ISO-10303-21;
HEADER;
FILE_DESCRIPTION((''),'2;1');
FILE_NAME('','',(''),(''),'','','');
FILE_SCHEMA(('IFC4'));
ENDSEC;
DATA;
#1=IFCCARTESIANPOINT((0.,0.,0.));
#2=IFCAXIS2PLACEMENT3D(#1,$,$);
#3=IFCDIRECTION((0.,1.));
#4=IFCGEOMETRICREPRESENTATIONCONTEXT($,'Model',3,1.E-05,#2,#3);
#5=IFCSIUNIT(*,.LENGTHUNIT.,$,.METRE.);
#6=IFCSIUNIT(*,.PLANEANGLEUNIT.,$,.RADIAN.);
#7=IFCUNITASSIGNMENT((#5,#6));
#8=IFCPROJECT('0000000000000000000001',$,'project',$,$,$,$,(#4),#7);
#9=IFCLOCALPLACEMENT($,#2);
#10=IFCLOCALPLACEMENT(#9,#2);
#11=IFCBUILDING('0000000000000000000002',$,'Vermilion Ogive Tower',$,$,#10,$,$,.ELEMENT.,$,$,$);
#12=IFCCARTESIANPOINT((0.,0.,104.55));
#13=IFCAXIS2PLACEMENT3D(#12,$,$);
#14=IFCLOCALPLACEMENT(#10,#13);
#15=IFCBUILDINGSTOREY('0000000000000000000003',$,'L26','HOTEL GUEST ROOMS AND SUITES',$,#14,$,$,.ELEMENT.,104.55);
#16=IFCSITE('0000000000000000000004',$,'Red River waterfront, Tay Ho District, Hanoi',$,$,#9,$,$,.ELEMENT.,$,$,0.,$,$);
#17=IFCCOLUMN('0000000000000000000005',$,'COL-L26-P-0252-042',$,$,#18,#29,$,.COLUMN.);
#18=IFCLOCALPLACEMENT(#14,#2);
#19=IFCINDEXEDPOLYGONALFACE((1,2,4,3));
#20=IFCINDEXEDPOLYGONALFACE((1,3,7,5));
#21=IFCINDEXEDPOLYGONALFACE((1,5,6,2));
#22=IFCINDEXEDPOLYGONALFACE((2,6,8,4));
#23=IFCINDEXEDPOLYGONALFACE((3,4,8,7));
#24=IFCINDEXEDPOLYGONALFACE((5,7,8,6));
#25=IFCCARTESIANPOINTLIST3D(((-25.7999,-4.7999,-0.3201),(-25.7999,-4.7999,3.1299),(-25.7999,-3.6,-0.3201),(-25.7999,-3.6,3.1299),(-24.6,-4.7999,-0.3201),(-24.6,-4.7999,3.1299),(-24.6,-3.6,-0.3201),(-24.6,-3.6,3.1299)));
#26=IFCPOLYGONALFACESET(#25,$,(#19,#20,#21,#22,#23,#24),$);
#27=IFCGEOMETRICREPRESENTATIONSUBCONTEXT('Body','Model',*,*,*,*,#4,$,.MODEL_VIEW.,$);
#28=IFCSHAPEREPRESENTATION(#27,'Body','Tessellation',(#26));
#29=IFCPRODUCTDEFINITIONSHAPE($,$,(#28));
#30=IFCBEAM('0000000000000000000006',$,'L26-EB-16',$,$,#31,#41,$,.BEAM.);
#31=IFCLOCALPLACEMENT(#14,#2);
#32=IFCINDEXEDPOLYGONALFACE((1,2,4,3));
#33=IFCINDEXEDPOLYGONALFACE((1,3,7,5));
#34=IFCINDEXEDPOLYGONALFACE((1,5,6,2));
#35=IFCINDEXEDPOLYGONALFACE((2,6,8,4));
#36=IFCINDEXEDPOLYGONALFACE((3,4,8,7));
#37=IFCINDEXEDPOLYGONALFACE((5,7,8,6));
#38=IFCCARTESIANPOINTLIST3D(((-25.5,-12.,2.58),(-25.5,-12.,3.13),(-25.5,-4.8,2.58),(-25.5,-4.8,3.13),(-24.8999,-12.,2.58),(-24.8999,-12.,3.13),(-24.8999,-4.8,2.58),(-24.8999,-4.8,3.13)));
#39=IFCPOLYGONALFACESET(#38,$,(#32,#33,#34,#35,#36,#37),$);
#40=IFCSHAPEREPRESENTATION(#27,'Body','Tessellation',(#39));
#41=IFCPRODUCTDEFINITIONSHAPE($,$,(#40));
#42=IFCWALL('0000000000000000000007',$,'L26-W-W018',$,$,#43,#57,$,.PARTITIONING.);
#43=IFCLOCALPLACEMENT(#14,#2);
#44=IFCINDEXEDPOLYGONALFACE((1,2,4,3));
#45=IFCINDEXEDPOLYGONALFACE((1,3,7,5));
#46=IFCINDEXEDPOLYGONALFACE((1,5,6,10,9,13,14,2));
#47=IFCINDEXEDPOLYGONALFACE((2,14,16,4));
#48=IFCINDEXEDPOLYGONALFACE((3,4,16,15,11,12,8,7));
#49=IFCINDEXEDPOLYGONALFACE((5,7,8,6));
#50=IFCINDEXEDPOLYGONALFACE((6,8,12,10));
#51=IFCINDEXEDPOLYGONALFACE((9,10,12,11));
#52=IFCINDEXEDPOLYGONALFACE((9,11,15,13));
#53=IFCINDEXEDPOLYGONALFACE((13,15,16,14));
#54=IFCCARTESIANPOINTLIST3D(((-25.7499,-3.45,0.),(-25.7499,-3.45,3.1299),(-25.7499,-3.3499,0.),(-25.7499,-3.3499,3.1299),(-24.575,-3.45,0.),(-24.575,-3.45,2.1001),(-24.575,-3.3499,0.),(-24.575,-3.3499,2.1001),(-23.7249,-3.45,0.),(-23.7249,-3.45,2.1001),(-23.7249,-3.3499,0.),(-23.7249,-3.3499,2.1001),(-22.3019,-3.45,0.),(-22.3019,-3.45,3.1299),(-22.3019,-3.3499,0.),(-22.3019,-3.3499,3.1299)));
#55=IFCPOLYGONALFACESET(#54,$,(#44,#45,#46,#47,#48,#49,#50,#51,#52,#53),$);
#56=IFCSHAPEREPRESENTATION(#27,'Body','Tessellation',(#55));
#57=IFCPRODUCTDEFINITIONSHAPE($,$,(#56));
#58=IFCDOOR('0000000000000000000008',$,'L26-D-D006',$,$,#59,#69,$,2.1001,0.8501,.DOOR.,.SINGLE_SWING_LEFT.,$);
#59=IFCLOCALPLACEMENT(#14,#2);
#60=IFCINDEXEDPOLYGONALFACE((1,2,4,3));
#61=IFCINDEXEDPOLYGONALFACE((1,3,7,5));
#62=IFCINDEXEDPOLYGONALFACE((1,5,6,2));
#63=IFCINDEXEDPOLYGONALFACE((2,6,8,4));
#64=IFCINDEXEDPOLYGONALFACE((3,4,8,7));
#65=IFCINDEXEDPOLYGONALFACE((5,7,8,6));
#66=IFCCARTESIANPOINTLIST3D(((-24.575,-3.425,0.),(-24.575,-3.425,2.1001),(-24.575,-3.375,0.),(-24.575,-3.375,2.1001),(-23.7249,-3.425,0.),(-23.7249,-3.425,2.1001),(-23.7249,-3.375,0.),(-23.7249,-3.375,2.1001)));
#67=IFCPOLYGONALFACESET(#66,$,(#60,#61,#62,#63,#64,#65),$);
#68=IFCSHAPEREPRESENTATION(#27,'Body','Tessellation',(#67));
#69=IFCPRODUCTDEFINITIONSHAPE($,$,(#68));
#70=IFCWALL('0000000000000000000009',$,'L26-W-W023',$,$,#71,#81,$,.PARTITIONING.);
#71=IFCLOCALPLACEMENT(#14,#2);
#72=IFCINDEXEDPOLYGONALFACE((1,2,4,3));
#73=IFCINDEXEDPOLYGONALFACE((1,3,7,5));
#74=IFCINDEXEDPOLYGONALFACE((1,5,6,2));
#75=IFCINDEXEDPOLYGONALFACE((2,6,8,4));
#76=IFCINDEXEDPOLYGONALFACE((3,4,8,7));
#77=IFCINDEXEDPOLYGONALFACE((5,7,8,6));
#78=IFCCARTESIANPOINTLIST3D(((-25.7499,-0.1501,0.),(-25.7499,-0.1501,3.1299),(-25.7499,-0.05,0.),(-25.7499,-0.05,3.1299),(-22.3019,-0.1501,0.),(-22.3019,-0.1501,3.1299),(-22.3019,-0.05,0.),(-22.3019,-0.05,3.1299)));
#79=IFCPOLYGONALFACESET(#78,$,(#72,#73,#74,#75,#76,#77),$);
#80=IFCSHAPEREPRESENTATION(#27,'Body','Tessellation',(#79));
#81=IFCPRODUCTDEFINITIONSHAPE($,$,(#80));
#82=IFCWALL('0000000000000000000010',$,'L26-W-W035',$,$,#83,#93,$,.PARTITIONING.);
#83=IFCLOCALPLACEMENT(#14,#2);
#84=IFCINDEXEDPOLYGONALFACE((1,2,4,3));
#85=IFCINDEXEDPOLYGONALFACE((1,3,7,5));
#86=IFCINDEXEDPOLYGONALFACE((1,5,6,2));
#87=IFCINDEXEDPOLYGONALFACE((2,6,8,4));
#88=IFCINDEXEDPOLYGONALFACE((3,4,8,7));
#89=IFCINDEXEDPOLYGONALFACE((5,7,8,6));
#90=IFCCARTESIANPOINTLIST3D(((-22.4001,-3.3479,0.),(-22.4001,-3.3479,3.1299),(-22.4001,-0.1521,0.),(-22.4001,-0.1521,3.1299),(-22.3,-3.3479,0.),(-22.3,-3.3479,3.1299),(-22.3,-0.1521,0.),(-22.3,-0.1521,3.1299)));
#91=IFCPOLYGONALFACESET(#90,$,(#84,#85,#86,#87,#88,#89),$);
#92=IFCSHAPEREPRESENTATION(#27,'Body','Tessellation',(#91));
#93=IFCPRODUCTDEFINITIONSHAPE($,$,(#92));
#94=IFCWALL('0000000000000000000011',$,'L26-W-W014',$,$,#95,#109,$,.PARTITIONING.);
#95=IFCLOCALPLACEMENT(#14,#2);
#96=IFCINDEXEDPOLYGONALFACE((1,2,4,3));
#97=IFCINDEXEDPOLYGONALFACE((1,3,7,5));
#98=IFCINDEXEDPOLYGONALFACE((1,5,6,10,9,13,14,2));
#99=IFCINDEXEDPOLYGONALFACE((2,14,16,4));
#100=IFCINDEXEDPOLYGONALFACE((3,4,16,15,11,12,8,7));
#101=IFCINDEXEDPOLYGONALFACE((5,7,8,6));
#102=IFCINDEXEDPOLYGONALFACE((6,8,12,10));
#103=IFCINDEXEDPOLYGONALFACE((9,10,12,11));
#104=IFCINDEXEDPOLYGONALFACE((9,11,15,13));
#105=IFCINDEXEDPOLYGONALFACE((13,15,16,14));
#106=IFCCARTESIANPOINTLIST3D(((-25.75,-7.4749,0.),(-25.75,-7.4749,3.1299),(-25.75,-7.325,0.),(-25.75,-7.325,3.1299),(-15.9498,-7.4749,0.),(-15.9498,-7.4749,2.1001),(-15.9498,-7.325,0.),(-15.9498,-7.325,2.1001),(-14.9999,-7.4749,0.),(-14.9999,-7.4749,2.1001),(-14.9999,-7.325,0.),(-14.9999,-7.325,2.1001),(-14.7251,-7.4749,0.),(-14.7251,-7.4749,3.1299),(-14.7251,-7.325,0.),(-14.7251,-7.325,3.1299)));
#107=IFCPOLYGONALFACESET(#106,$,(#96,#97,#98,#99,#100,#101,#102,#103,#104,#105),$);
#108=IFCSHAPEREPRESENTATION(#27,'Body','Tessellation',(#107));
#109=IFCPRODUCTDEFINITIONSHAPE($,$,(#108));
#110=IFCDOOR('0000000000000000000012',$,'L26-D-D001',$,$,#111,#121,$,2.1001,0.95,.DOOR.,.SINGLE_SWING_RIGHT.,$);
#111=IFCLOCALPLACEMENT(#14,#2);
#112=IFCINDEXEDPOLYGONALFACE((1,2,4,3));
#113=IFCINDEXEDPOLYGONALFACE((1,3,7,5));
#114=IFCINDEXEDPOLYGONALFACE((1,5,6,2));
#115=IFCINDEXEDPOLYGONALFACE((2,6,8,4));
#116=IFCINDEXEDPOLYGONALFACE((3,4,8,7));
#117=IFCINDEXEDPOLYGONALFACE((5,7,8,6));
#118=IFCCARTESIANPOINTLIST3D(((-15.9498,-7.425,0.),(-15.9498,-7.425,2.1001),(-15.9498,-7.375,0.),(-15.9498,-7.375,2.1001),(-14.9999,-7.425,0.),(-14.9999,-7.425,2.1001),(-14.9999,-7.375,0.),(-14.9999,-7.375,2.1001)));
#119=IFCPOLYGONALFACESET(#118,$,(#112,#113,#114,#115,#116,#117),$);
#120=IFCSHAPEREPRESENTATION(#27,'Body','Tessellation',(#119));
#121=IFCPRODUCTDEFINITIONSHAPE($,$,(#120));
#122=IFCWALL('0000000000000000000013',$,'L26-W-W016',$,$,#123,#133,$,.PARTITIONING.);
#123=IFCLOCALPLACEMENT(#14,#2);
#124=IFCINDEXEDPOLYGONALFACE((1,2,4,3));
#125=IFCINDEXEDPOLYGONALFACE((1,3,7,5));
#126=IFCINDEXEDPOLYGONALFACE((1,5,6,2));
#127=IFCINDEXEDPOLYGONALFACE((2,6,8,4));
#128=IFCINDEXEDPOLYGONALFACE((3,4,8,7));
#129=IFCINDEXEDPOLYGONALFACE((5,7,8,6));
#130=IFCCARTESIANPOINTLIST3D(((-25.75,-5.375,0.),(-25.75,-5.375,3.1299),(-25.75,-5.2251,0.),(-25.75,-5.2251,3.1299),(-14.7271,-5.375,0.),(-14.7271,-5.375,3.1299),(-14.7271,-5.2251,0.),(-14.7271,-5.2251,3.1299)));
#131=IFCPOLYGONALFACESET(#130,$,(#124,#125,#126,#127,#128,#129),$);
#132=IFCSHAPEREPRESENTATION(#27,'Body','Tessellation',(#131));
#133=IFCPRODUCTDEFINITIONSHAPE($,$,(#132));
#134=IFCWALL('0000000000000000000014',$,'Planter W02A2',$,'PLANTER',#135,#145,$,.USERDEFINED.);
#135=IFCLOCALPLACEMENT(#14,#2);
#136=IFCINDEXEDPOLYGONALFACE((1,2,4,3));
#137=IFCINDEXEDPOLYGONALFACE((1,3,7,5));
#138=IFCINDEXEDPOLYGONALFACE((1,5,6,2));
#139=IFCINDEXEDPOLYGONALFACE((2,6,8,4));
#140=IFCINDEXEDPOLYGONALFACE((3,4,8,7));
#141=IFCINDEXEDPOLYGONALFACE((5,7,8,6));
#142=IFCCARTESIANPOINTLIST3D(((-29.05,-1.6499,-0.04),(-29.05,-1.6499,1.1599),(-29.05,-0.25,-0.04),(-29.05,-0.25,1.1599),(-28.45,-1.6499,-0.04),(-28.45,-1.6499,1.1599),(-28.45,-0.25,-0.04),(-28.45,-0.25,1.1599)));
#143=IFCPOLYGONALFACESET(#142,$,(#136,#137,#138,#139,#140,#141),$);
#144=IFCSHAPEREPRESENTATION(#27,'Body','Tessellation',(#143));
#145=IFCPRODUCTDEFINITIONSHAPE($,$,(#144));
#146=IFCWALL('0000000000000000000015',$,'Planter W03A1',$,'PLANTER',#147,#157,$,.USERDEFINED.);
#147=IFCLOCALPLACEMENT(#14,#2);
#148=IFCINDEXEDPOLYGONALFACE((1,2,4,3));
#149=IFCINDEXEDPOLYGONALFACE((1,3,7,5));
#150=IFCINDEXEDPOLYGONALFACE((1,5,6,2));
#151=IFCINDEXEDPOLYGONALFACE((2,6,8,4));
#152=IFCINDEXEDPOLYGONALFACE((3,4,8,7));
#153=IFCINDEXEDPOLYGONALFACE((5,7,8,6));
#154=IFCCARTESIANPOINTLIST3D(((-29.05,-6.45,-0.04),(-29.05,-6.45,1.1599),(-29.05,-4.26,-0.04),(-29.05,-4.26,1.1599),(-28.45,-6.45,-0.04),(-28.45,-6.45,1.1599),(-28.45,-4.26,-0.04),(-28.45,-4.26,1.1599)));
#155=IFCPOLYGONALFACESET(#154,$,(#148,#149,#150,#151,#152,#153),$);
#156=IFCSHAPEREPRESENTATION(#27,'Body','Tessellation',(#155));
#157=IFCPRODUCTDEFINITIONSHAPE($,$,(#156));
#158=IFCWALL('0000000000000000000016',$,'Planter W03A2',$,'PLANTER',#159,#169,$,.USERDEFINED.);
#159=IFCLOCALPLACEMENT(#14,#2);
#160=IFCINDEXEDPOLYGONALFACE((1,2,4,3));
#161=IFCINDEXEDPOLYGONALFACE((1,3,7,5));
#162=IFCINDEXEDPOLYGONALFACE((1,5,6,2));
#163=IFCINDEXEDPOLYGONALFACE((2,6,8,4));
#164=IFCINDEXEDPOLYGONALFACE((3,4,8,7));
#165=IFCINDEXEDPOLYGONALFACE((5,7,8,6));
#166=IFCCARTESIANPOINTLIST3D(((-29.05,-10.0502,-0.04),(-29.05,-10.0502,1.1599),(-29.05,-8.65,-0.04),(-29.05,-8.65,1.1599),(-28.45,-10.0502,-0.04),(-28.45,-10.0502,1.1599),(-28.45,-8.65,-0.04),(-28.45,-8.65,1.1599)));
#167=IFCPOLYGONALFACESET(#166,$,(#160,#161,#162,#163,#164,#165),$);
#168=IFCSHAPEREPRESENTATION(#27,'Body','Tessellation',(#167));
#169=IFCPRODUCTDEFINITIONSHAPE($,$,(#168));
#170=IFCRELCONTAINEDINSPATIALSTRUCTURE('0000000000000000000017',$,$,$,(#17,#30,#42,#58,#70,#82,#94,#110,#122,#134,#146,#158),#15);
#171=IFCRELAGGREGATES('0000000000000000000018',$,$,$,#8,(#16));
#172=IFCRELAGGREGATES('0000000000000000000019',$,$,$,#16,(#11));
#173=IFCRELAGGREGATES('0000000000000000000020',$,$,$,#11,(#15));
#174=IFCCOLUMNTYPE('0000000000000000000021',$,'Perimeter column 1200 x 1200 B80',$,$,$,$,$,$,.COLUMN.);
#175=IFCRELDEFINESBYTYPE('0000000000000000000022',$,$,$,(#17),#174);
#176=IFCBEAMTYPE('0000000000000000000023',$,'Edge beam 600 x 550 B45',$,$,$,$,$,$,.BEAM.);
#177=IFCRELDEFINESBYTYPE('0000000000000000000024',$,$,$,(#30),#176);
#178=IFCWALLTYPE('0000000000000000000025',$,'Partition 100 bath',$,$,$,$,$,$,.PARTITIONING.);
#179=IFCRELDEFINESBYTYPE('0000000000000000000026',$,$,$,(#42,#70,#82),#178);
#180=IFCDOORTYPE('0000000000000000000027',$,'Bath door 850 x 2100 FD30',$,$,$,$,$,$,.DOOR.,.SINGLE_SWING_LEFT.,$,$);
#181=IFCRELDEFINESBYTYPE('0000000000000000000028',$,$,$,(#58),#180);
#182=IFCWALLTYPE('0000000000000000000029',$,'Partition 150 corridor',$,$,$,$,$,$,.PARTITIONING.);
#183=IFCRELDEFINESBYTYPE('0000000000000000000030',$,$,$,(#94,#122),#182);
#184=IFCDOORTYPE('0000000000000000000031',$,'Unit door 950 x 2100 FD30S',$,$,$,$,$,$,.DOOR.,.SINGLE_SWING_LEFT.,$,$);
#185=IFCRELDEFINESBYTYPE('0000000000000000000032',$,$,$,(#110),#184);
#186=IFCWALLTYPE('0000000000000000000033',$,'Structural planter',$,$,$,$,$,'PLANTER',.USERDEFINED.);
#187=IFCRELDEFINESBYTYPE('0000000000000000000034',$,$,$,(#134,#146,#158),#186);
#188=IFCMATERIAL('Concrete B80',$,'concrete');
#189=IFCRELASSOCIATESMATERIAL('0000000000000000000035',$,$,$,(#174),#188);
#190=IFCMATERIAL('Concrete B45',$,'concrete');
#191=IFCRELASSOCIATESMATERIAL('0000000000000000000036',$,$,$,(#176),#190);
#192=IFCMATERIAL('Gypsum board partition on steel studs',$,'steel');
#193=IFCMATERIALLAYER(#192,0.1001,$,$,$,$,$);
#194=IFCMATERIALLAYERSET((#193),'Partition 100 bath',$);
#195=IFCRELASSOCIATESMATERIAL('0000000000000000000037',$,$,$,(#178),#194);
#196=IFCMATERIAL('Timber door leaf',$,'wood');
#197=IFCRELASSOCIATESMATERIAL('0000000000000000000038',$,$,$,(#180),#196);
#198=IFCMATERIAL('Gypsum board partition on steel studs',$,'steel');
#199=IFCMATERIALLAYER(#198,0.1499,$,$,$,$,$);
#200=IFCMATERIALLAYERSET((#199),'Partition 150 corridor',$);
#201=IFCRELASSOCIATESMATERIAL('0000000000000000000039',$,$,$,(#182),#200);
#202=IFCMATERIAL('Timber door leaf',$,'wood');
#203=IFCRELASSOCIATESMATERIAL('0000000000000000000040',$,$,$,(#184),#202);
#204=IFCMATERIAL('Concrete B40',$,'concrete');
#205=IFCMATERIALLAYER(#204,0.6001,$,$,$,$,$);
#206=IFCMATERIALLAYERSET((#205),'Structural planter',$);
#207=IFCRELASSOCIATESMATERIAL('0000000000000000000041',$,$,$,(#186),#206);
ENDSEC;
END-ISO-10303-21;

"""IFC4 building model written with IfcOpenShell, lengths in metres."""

from ifc_helpers import new_model, si_unit, direction, frame, frame_2d, origin, origin_2d, place, context, subcontext, project, spatial, rectangle, extrude, material, layer, layer_set, material_profile, profile_set, type_object, element, fill, save


model = new_model("IFC4")

# Units and contexts
model_context = context("Model", 3, precision=1e-05, world=origin(), true_north=direction((0.0, 1.0)))
body_context = subcontext(model_context, "Body", "Model", "MODEL_VIEW")
ifc_project = project(units=[si_unit("LENGTHUNIT", "METRE"), si_unit("PLANEANGLEUNIT", "RADIAN")], contexts=[model_context])

# Site, building, storey
site_placement = place(None, origin())
site = spatial("IfcSite", under=ifc_project, at=site_placement, Name="Red River waterfront, Tay Ho District, Hanoi", CompositionType="ELEMENT", RefElevation=0.0)
building_placement = place(site_placement, origin())
building = spatial("IfcBuilding", under=site, at=building_placement, Name="Vermilion Ogive Tower", CompositionType="ELEMENT")
storey_placement = place(building_placement, frame((0.0, 0.0, 104.55)))
storey = spatial("IfcBuildingStorey", under=building, at=storey_placement, Name="L26", Description="HOTEL GUEST ROOMS AND SUITES", CompositionType="ELEMENT", Elevation=104.55)

# Column
ifc_material_1 = material(Name="Concrete B80", Category="concrete")
ifc_material_profile_1 = material_profile(ifc_material_1, rectangle(XDim=1.2, YDim=1.2, at=origin_2d()), Name="1200 x 1200")
ifc_profile_set_1 = profile_set([ifc_material_profile_1], Name="Concrete B80")
column_type = type_object("IfcColumnType", Name="Perimeter column 1200 x 1200 B80", PredefinedType="COLUMN", material=ifc_profile_set_1)
column_placement = place(storey_placement, frame((-25.2, -4.2, -0.3201), z_axis=(0.0, 0.0, 1.0), x_axis=(1.0, 0.0, 0.0)))
element("IfcColumn", 1, at=column_placement, inside=storey, type_object=column_type, Name="COL-L26-P-0252-042", PredefinedType="COLUMN", context=body_context, shape_type="SweptSolid", body=[
    extrude(rectangle(XDim=1.2, YDim=1.2, at=origin_2d()), origin(), (0.0, 0.0, 1.0), 3.45),
])

# Beam
ifc_material_2 = material(Name="Concrete B45", Category="concrete")
ifc_material_profile_2 = material_profile(ifc_material_2, rectangle(XDim=0.6001, YDim=0.55, at=origin_2d()), Name="600 x 550")
ifc_profile_set_2 = profile_set([ifc_material_profile_2], Name="Concrete B45")
beam_type = type_object("IfcBeamType", Name="Edge beam 600 x 550 B45", PredefinedType="BEAM", material=ifc_profile_set_2)
beam_placement = place(storey_placement, frame((-25.2, -4.8, 2.855), z_axis=(0.0, -1.0, 0.0), x_axis=(1.0, 0.0, 0.0)))
element("IfcBeam", 2, at=beam_placement, inside=storey, type_object=beam_type, Name="L26-EB-16", PredefinedType="BEAM", context=body_context, shape_type="SweptSolid", body=[
    extrude(rectangle(XDim=0.6001, YDim=0.55, at=origin_2d()), origin(), (0.0, 0.0, 1.0), 7.2),
])

# Wall, opening, door
ifc_material_3 = material(Name="Gypsum board partition on steel studs", Category="steel")
ifc_layer_1 = layer(ifc_material_3, 0.1001)
ifc_layer_set_1 = layer_set([ifc_layer_1], Name="Partition 100 bath")
wall_type_1 = type_object("IfcWallType", Name="Partition 100 bath", PredefinedType="PARTITIONING", material=ifc_layer_set_1)
wall_1_placement = place(storey_placement, frame((-25.75, -3.3999, 0.0), z_axis=(0.0, 0.0, 1.0), x_axis=(1.0, 0.0, 0.0)))
wall_1 = element("IfcWall", 3, at=wall_1_placement, inside=storey, type_object=wall_type_1, Name="L26-W-W018", PredefinedType="PARTITIONING", context=body_context, shape_type="SweptSolid", body=[
    extrude(rectangle(XDim=3.448, YDim=0.1001, at=frame_2d((1.7241, 0.0))), origin(), (0.0, 0.0, 1.0), 3.1299),
])
opening_1_placement = place(wall_1_placement, frame((1.175, 0.0, 0.0)))
opening_1 = element("IfcOpeningElement", 4, at=opening_1_placement, cuts=wall_1, PredefinedType="OPENING", context=body_context, shape_type="SweptSolid", body=[
    extrude(rectangle(XDim=0.8501, YDim=2.1001, at=frame_2d((0.425, 1.05))), frame((0.0, 0.0601, 0.0), z_axis=(0.0, -1.0, 0.0), x_axis=(1.0, 0.0, 0.0)), (0.0, 0.0, 1.0), 0.1201),
])
ifc_material_4 = material(Name="Timber door leaf", Category="wood")
door_type_1 = type_object("IfcDoorType", Name="Bath door 850 x 2100 FD30", OperationType="SINGLE_SWING_LEFT", PredefinedType="DOOR", material=ifc_material_4)
door_1_placement = place(opening_1_placement, origin())
door_1 = element("IfcDoor", 5, at=door_1_placement, inside=storey, type_object=door_type_1, Name="L26-D-D006", OperationType="SINGLE_SWING_LEFT", OverallHeight=2.1001, OverallWidth=0.8501, PredefinedType="DOOR", context=body_context, shape_type="SweptSolid", body=[
    extrude(rectangle(XDim=0.8501, YDim=2.1001, at=frame_2d((0.425, 1.05))), frame((0.0, 0.0249, 0.0), z_axis=(0.0, -1.0, 0.0), x_axis=(1.0, 0.0, 0.0)), (0.0, 0.0, 1.0), 0.05),
])
fill(opening_1, door_1)

# Walls
wall_2_placement = place(storey_placement, frame((-25.75, -0.1001, 0.0), z_axis=(0.0, 0.0, 1.0), x_axis=(1.0, 0.0, 0.0)))
element("IfcWall", 6, at=wall_2_placement, inside=storey, type_object=wall_type_1, Name="L26-W-W023", PredefinedType="PARTITIONING", context=body_context, shape_type="SweptSolid", body=[
    extrude(rectangle(XDim=3.448, YDim=0.1001, at=frame_2d((1.7241, 0.0))), origin(), (0.0, 0.0, 1.0), 3.1299),
])
wall_3_placement = place(storey_placement, frame((-22.3501, -3.3479, 0.0), z_axis=(0.0, 0.0, 1.0), x_axis=(0.0, 1.0, 0.0)))
element("IfcWall", 7, at=wall_3_placement, inside=storey, type_object=wall_type_1, Name="L26-W-W035", PredefinedType="PARTITIONING", context=body_context, shape_type="SweptSolid", body=[
    extrude(rectangle(XDim=3.1958, YDim=0.1001, at=frame_2d((1.5979, 0.0))), origin(), (0.0, 0.0, 1.0), 3.1299),
])

# Wall, opening, door
ifc_material_5 = material(Name="Gypsum board partition on steel studs", Category="steel")
ifc_layer_2 = layer(ifc_material_5, 0.1499)
ifc_layer_set_2 = layer_set([ifc_layer_2], Name="Partition 150 corridor")
wall_type_2 = type_object("IfcWallType", Name="Partition 150 corridor", PredefinedType="PARTITIONING", material=ifc_layer_set_2)
wall_4_placement = place(storey_placement, frame((-25.75, -7.3999, 0.0), z_axis=(0.0, 0.0, 1.0), x_axis=(1.0, 0.0, 0.0)))
wall_4 = element("IfcWall", 8, at=wall_4_placement, inside=storey, type_object=wall_type_2, Name="L26-W-W014", PredefinedType="PARTITIONING", context=body_context, shape_type="SweptSolid", body=[
    extrude(rectangle(XDim=11.0249, YDim=0.1499, at=frame_2d((5.5125, 0.0))), origin(), (0.0, 0.0, 1.0), 3.1299),
])
opening_2_placement = place(wall_4_placement, frame((9.8, 0.0, 0.0)))
opening_2 = element("IfcOpeningElement", 9, at=opening_2_placement, cuts=wall_4, PredefinedType="OPENING", context=body_context, shape_type="SweptSolid", body=[
    extrude(rectangle(XDim=0.95, YDim=2.1001, at=frame_2d((0.4751, 1.05))), frame((0.0, 0.085, 0.0), z_axis=(0.0, -1.0, 0.0), x_axis=(1.0, 0.0, 0.0)), (0.0, 0.0, 1.0), 0.1699),
])
ifc_material_6 = material(Name="Timber door leaf", Category="wood")
door_type_2 = type_object("IfcDoorType", Name="Unit door 950 x 2100 FD30S", OperationType="SINGLE_SWING_LEFT", PredefinedType="DOOR", material=ifc_material_6)
door_2_placement = place(opening_2_placement, origin())
door_2 = element("IfcDoor", 10, at=door_2_placement, inside=storey, type_object=door_type_2, Name="L26-D-D001", OperationType="SINGLE_SWING_RIGHT", OverallHeight=2.1001, OverallWidth=0.95, PredefinedType="DOOR", context=body_context, shape_type="SweptSolid", body=[
    extrude(rectangle(XDim=0.95, YDim=2.1001, at=frame_2d((0.4751, 1.05))), frame((0.0, 0.0249, 0.0), z_axis=(0.0, -1.0, 0.0), x_axis=(1.0, 0.0, 0.0)), (0.0, 0.0, 1.0), 0.05),
])
fill(opening_2, door_2)

# Walls
wall_5_placement = place(storey_placement, frame((-25.75, -5.3, 0.0), z_axis=(0.0, 0.0, 1.0), x_axis=(1.0, 0.0, 0.0)))
element("IfcWall", 11, at=wall_5_placement, inside=storey, type_object=wall_type_2, Name="L26-W-W016", PredefinedType="PARTITIONING", context=body_context, shape_type="SweptSolid", body=[
    extrude(rectangle(XDim=11.0229, YDim=0.1499, at=frame_2d((5.5115, 0.0))), origin(), (0.0, 0.0, 1.0), 3.1299),
])
ifc_material_7 = material(Name="Concrete B40", Category="concrete")
ifc_layer_3 = layer(ifc_material_7, 0.6001)
ifc_layer_set_3 = layer_set([ifc_layer_3], Name="Structural planter")
wall_type_3 = type_object("IfcWallType", Name="Structural planter", ElementType="PLANTER", PredefinedType="USERDEFINED", material=ifc_layer_set_3)
wall_6_placement = place(storey_placement, frame((-28.75, -0.25, -0.04), z_axis=(0.0, 0.0, 1.0), x_axis=(0.0, -1.0, 0.0)))
element("IfcWall", 12, at=wall_6_placement, inside=storey, type_object=wall_type_3, Name="Planter W02A2", ObjectType="PLANTER", PredefinedType="USERDEFINED", context=body_context, shape_type="SweptSolid", body=[
    extrude(rectangle(XDim=1.3999, YDim=0.6001, at=frame_2d((0.7, 0.0))), origin(), (0.0, 0.0, 1.0), 1.2),
])
wall_7_placement = place(storey_placement, frame((-28.75, -4.26, -0.04), z_axis=(0.0, 0.0, 1.0), x_axis=(0.0, -1.0, 0.0)))
element("IfcWall", 13, at=wall_7_placement, inside=storey, type_object=wall_type_3, Name="Planter W03A1", ObjectType="PLANTER", PredefinedType="USERDEFINED", context=body_context, shape_type="SweptSolid", body=[
    extrude(rectangle(XDim=2.1899, YDim=0.6001, at=frame_2d((1.095, 0.0))), origin(), (0.0, 0.0, 1.0), 1.2),
])
wall_8_placement = place(storey_placement, frame((-28.75, -8.6499, -0.04), z_axis=(0.0, 0.0, 1.0), x_axis=(0.0, -1.0, 0.0)))
element("IfcWall", 14, at=wall_8_placement, inside=storey, type_object=wall_type_3, Name="Planter W03A2", ObjectType="PLANTER", PredefinedType="USERDEFINED", context=body_context, shape_type="SweptSolid", body=[
    extrude(rectangle(XDim=1.4001, YDim=0.6001, at=frame_2d((0.7002, 0.0))), origin(), (0.0, 0.0, 1.0), 1.2),
])

save(model, "model.ifc")
